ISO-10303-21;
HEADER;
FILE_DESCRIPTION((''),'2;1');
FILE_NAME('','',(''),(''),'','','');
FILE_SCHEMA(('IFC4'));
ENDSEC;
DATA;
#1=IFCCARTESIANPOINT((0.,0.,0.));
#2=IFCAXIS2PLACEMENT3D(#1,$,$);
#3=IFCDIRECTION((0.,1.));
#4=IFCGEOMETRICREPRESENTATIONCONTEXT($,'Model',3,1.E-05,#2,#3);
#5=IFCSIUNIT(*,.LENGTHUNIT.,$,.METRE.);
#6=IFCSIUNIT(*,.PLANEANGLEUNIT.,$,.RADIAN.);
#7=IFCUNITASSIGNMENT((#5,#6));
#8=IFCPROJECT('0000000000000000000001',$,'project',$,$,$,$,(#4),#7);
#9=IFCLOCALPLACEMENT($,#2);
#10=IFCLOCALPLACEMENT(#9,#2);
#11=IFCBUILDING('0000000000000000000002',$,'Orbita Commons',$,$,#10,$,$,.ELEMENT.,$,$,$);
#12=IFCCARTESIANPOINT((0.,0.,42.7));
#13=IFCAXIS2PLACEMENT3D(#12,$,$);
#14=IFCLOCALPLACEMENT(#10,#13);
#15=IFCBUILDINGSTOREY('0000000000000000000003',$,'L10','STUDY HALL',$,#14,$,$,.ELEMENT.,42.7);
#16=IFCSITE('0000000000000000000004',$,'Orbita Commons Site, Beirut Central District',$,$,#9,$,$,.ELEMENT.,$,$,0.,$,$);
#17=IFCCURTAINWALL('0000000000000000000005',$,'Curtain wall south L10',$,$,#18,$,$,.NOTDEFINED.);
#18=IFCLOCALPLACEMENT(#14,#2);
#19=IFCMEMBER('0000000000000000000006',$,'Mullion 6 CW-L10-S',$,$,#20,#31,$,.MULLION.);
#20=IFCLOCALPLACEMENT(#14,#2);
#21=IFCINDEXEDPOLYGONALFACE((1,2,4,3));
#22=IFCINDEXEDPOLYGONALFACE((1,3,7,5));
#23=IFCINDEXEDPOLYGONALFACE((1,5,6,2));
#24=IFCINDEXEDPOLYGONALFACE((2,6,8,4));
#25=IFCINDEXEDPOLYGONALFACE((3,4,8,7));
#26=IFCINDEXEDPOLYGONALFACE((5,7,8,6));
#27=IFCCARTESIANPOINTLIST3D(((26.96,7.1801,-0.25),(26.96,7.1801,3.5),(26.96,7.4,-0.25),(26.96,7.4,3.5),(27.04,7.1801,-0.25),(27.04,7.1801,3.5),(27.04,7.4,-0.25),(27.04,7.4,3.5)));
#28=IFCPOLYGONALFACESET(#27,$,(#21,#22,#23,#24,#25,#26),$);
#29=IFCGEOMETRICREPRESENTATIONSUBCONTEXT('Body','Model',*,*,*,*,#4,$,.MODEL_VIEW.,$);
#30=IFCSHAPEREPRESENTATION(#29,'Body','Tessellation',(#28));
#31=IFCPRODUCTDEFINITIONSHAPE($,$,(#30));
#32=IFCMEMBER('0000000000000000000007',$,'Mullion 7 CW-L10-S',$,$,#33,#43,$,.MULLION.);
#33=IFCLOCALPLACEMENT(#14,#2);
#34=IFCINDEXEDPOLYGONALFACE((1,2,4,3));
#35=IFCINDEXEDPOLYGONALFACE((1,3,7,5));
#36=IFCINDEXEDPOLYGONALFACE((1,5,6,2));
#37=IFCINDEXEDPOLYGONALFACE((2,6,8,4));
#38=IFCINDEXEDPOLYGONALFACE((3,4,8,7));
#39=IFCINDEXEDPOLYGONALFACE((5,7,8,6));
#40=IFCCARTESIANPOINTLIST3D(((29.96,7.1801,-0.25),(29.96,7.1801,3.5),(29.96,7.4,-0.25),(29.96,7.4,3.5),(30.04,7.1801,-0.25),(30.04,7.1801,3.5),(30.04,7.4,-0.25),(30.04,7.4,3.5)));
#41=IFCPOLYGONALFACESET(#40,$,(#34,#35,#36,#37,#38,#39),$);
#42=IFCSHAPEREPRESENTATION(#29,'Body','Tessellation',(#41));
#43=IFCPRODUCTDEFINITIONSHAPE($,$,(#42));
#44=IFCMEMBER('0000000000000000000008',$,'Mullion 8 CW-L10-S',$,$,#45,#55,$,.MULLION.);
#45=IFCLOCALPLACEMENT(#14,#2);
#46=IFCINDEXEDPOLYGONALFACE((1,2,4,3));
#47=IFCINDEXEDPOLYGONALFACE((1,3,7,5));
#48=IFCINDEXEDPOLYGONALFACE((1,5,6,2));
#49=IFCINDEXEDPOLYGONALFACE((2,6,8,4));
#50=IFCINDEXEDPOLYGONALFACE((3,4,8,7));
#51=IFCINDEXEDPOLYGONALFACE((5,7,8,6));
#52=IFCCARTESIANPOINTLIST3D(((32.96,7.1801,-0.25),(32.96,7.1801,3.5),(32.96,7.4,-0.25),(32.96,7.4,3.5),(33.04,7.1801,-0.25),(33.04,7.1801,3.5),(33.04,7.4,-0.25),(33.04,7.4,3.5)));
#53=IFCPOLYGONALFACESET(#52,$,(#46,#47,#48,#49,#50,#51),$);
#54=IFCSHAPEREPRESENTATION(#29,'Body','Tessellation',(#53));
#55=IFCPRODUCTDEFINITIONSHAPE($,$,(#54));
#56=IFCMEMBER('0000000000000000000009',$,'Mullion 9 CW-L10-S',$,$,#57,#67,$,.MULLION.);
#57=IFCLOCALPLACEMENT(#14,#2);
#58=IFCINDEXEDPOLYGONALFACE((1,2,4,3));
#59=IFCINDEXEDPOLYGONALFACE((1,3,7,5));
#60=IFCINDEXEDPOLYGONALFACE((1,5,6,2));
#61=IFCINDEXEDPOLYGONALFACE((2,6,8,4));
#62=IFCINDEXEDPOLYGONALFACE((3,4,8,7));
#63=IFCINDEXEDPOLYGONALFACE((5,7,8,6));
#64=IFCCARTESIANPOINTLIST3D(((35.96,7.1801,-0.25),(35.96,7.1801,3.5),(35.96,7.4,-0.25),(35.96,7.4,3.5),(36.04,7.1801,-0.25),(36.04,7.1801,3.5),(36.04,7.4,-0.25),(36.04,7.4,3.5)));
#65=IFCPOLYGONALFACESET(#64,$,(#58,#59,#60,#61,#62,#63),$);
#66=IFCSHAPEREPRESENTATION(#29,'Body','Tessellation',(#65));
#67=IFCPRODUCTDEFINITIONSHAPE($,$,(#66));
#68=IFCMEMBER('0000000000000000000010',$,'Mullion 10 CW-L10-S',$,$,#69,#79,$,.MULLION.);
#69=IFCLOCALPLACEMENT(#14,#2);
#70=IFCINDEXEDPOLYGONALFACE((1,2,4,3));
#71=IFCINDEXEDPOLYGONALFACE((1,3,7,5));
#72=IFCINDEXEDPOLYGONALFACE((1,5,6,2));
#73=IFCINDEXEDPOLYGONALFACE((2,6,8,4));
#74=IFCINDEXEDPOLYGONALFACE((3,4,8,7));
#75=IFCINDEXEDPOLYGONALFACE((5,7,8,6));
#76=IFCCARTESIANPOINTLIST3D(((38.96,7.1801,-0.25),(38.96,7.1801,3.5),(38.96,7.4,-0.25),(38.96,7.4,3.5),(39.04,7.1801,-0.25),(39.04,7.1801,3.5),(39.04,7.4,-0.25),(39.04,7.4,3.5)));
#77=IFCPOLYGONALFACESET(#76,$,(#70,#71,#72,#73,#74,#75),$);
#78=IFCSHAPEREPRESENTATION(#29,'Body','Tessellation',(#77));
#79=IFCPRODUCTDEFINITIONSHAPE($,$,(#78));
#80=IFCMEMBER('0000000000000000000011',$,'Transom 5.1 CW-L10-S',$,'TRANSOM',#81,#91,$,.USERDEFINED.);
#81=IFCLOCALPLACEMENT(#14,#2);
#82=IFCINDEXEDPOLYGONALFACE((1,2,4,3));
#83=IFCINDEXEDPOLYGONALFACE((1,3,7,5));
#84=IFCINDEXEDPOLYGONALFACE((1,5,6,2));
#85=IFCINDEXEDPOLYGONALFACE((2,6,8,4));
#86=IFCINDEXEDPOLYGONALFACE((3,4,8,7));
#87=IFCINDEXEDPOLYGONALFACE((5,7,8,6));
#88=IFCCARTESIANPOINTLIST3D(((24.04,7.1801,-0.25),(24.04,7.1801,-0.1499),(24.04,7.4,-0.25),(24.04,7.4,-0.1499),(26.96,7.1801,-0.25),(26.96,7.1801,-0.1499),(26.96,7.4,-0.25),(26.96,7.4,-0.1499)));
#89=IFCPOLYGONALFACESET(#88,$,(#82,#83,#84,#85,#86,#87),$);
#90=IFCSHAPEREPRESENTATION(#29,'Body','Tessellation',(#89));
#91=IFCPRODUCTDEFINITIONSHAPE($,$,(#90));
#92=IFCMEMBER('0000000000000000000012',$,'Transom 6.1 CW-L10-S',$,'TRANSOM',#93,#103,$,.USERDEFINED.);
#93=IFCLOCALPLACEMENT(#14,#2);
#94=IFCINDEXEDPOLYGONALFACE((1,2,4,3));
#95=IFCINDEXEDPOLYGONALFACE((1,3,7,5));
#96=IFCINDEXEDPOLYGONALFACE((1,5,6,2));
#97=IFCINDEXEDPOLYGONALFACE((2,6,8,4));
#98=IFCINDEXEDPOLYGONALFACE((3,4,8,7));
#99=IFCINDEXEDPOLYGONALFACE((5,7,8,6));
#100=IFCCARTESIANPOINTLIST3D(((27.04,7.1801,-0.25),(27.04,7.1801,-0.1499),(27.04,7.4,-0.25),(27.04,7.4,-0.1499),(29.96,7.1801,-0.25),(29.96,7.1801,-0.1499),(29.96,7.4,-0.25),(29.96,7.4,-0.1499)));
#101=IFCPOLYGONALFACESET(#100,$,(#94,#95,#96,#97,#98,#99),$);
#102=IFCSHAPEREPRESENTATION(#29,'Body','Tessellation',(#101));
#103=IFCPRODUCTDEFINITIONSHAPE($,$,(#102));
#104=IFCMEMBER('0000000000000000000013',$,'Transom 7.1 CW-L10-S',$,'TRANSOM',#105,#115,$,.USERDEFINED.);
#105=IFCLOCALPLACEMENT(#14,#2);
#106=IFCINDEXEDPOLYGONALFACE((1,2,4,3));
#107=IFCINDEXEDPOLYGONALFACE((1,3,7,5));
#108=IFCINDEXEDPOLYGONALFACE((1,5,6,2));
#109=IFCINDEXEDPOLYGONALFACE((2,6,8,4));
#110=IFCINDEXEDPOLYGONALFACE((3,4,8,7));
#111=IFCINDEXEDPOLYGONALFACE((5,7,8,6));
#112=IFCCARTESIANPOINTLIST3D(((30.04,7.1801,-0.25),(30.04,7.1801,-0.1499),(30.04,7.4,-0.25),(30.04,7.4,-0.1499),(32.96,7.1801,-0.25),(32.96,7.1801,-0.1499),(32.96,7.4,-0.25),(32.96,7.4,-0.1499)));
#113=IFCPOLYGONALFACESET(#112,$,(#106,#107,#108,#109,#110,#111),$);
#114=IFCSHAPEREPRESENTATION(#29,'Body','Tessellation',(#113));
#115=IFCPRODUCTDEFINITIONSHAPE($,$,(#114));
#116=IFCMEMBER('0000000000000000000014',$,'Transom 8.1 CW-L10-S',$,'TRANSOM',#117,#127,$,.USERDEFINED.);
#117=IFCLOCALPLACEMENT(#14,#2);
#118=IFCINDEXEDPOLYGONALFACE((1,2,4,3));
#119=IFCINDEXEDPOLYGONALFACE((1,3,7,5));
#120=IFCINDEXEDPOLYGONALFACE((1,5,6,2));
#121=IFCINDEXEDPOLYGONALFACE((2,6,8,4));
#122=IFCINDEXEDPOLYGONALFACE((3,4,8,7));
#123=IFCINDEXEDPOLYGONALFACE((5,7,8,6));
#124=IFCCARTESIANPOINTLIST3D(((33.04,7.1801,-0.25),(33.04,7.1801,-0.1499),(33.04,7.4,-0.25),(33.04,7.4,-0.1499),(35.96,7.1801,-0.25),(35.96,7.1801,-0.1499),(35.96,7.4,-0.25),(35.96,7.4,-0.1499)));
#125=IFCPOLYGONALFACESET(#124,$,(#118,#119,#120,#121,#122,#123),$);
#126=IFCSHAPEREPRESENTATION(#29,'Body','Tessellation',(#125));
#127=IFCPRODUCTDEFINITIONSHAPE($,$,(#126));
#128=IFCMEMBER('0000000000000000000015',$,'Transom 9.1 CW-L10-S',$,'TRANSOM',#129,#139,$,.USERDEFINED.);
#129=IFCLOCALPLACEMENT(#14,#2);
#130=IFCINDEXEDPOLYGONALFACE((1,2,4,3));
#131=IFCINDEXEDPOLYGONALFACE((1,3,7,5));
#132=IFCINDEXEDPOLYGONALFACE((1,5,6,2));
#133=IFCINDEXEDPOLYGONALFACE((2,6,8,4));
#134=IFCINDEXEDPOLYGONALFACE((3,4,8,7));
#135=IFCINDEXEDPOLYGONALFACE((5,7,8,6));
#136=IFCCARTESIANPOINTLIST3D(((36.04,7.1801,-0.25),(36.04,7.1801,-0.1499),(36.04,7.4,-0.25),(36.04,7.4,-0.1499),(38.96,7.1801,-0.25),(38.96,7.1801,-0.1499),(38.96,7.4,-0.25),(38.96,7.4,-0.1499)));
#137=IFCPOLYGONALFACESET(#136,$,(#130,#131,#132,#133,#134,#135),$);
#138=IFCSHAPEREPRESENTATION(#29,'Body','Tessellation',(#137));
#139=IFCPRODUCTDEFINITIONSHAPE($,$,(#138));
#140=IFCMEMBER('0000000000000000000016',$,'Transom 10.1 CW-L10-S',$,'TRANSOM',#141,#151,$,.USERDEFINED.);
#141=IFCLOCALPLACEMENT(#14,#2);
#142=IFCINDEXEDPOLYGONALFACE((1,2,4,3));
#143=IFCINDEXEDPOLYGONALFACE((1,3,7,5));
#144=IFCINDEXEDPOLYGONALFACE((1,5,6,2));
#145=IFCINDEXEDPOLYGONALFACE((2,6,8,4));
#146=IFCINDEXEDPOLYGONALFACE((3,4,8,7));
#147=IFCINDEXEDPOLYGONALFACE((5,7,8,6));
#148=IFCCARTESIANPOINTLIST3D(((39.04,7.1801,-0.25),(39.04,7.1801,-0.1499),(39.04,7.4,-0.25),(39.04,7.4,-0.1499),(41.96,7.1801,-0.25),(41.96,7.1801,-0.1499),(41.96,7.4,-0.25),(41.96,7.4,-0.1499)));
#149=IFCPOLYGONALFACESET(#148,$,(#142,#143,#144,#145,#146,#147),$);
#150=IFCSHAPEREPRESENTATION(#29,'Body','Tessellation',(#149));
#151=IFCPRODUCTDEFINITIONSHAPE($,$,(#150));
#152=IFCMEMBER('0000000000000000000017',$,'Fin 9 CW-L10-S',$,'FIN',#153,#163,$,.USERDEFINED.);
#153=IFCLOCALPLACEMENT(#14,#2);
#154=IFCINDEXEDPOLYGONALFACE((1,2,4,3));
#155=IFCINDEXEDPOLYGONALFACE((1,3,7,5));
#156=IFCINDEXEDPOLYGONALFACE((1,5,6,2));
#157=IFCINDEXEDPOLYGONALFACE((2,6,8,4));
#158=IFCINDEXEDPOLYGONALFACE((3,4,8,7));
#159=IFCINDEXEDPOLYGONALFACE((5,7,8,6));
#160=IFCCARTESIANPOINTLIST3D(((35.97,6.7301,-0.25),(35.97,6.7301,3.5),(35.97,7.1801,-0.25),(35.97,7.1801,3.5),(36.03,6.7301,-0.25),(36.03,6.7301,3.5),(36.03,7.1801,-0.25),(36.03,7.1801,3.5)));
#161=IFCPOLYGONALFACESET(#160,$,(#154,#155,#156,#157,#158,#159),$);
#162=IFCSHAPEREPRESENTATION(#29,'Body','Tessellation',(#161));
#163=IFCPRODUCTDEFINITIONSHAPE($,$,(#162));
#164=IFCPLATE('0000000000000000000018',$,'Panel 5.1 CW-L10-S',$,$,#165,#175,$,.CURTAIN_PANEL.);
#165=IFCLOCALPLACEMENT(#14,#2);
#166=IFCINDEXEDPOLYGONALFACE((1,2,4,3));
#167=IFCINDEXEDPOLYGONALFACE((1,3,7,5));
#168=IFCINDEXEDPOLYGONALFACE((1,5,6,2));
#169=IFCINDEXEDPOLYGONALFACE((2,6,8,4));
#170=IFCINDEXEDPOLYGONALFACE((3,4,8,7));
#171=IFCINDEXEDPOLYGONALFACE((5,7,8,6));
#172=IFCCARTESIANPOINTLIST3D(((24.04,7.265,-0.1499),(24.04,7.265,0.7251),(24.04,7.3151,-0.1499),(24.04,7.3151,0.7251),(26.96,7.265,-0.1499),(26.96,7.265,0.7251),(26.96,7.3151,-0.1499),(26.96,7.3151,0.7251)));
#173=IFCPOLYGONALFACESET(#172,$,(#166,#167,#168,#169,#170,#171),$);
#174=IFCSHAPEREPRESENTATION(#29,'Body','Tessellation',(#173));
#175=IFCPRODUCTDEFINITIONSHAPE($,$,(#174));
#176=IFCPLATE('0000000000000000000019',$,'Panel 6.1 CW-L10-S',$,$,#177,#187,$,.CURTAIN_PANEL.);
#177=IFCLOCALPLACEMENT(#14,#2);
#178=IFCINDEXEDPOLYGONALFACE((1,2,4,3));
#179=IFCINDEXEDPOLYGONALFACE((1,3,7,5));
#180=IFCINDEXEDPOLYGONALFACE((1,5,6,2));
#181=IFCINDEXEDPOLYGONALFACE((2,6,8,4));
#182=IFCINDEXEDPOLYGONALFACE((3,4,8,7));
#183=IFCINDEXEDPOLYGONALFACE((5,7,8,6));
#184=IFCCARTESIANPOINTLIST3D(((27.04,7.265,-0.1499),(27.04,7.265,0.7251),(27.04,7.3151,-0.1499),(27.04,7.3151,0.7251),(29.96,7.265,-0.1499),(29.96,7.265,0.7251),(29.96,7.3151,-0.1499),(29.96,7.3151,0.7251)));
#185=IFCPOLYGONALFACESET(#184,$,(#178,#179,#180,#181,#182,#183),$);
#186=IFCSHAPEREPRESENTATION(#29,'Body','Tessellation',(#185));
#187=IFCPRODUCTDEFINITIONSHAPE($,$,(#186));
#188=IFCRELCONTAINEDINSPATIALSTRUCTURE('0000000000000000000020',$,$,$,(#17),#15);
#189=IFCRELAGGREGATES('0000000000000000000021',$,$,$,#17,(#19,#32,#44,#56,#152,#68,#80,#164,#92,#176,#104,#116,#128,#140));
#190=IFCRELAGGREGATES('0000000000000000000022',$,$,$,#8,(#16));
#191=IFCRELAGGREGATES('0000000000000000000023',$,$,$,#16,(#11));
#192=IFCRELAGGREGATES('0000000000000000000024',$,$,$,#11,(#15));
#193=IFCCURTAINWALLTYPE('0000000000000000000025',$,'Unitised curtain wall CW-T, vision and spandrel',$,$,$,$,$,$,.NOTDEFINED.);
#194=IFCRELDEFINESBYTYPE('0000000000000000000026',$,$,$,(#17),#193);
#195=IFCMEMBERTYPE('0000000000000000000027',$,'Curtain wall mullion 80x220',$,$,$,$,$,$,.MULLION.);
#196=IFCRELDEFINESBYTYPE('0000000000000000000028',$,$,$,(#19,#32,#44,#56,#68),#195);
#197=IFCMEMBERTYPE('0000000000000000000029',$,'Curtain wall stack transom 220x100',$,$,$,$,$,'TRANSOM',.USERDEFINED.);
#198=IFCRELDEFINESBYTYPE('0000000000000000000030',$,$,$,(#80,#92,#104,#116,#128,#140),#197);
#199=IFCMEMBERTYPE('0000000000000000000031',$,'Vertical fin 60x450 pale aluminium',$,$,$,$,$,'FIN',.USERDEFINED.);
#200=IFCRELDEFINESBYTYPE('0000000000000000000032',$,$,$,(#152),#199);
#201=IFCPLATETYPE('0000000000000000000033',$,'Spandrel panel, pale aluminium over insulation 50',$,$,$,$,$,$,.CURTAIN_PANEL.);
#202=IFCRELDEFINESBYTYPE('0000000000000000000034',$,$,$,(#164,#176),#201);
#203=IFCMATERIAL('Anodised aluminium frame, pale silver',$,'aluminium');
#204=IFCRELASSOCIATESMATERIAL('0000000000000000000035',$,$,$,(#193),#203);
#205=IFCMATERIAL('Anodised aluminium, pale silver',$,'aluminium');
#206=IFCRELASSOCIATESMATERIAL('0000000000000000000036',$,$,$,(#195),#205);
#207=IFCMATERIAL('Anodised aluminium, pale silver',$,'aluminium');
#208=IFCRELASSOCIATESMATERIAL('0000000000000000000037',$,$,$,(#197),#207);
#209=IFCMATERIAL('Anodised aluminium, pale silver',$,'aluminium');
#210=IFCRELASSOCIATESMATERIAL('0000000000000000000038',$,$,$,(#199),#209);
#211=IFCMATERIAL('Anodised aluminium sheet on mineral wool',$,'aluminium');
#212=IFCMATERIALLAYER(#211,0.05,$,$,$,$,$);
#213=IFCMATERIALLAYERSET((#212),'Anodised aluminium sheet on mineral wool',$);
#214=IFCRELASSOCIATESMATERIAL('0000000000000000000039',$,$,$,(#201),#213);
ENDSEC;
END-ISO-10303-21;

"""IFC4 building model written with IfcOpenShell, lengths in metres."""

from ifc_helpers import new_model, si_unit, direction, frame, origin, origin_2d, place, context, subcontext, project, spatial, rectangle, extrude, material, layer, layer_set, material_profile, profile_set, type_object, element, aggregate, save


model = new_model("IFC4")

# Units and contexts
model_context = context("Model", 3, precision=1e-05, world=origin(), true_north=direction((0.0, 1.0)))
body_context = subcontext(model_context, "Body", "Model", "MODEL_VIEW")
ifc_project = project(units=[si_unit("LENGTHUNIT", "METRE"), si_unit("PLANEANGLEUNIT", "RADIAN")], contexts=[model_context])

# Site, building, storey
site_placement = place(None, origin())
site = spatial("IfcSite", under=ifc_project, at=site_placement, Name="Orbita Commons Site, Beirut Central District", CompositionType="ELEMENT", RefElevation=0.0)
building_placement = place(site_placement, origin())
building = spatial("IfcBuilding", under=site, at=building_placement, Name="Orbita Commons", CompositionType="ELEMENT")
storey_placement = place(building_placement, frame((0.0, 0.0, 42.7)))
storey = spatial("IfcBuildingStorey", under=building, at=storey_placement, Name="L10", Description="STUDY HALL", CompositionType="ELEMENT", Elevation=42.7)

# Curtain wall, members, plates
ifc_material_1 = material(Name="Anodised aluminium frame, pale silver", Category="aluminium")
curtain_wall_type = type_object("IfcCurtainWallType", Name="Unitised curtain wall CW-T, vision and spandrel", PredefinedType="NOTDEFINED", material=ifc_material_1)
curtain_wall_placement = place(storey_placement, origin())
curtain_wall = element("IfcCurtainWall", 1, at=curtain_wall_placement, inside=storey, type_object=curtain_wall_type, Name="Curtain wall south L10", PredefinedType="NOTDEFINED")
ifc_material_2 = material(Name="Anodised aluminium, pale silver", Category="aluminium")
ifc_material_profile_1 = material_profile(ifc_material_2, rectangle(XDim=0.0801, YDim=0.22, at=origin_2d()), Name="AL 80x220")
ifc_profile_set_1 = profile_set([ifc_material_profile_1], Name="Anodised aluminium, pale silver")
member_type_1 = type_object("IfcMemberType", Name="Curtain wall mullion 80x220", PredefinedType="MULLION", material=ifc_profile_set_1)
member_1_placement = place(storey_placement, frame((27.0, 7.29, -0.25), z_axis=(0.0, 0.0, 1.0), x_axis=(1.0, 0.0, 0.0)))
member_1 = element("IfcMember", 2, at=member_1_placement, type_object=member_type_1, Name="Mullion 6 CW-L10-S", PredefinedType="MULLION", context=body_context, shape_type="SweptSolid", body=[
    extrude(rectangle(XDim=0.0801, YDim=0.22, at=origin_2d()), origin(), (0.0, 0.0, 1.0), 3.75),
])
member_2_placement = place(storey_placement, frame((30.0, 7.29, -0.25), z_axis=(0.0, 0.0, 1.0), x_axis=(1.0, 0.0, 0.0)))
member_2 = element("IfcMember", 3, at=member_2_placement, type_object=member_type_1, Name="Mullion 7 CW-L10-S", PredefinedType="MULLION", context=body_context, shape_type="SweptSolid", body=[
    extrude(rectangle(XDim=0.0801, YDim=0.22, at=origin_2d()), origin(), (0.0, 0.0, 1.0), 3.75),
])
member_3_placement = place(storey_placement, frame((33.0, 7.29, -0.25), z_axis=(0.0, 0.0, 1.0), x_axis=(1.0, 0.0, 0.0)))
member_3 = element("IfcMember", 4, at=member_3_placement, type_object=member_type_1, Name="Mullion 8 CW-L10-S", PredefinedType="MULLION", context=body_context, shape_type="SweptSolid", body=[
    extrude(rectangle(XDim=0.0801, YDim=0.22, at=origin_2d()), origin(), (0.0, 0.0, 1.0), 3.75),
])
member_4_placement = place(storey_placement, frame((36.0, 7.29, -0.25), z_axis=(0.0, 0.0, 1.0), x_axis=(1.0, 0.0, 0.0)))
member_4 = element("IfcMember", 5, at=member_4_placement, type_object=member_type_1, Name="Mullion 9 CW-L10-S", PredefinedType="MULLION", context=body_context, shape_type="SweptSolid", body=[
    extrude(rectangle(XDim=0.0801, YDim=0.22, at=origin_2d()), origin(), (0.0, 0.0, 1.0), 3.75),
])
member_5_placement = place(storey_placement, frame((39.0, 7.29, -0.25), z_axis=(0.0, 0.0, 1.0), x_axis=(1.0, 0.0, 0.0)))
member_5 = element("IfcMember", 6, at=member_5_placement, type_object=member_type_1, Name="Mullion 10 CW-L10-S", PredefinedType="MULLION", context=body_context, shape_type="SweptSolid", body=[
    extrude(rectangle(XDim=0.0801, YDim=0.22, at=origin_2d()), origin(), (0.0, 0.0, 1.0), 3.75),
])
ifc_material_3 = material(Name="Anodised aluminium, pale silver", Category="aluminium")
ifc_material_profile_2 = material_profile(ifc_material_3, rectangle(XDim=0.22, YDim=0.1001, at=origin_2d()), Name="AL 220x100")
ifc_profile_set_2 = profile_set([ifc_material_profile_2], Name="Anodised aluminium, pale silver")
member_type_2 = type_object("IfcMemberType", Name="Curtain wall stack transom 220x100", ElementType="TRANSOM", PredefinedType="USERDEFINED", material=ifc_profile_set_2)
member_6_placement = place(storey_placement, frame((24.04, 7.29, -0.2), z_axis=(1.0, 0.0, 0.0), x_axis=(0.0, 1.0, 0.0)))
member_6 = element("IfcMember", 7, at=member_6_placement, type_object=member_type_2, Name="Transom 5.1 CW-L10-S", ObjectType="TRANSOM", PredefinedType="USERDEFINED", context=body_context, shape_type="SweptSolid", body=[
    extrude(rectangle(XDim=0.22, YDim=0.1001, at=origin_2d()), origin(), (0.0, 0.0, 1.0), 2.9199),
])
member_7_placement = place(storey_placement, frame((27.04, 7.29, -0.2), z_axis=(1.0, 0.0, 0.0), x_axis=(0.0, 1.0, 0.0)))
member_7 = element("IfcMember", 8, at=member_7_placement, type_object=member_type_2, Name="Transom 6.1 CW-L10-S", ObjectType="TRANSOM", PredefinedType="USERDEFINED", context=body_context, shape_type="SweptSolid", body=[
    extrude(rectangle(XDim=0.22, YDim=0.1001, at=origin_2d()), origin(), (0.0, 0.0, 1.0), 2.9199),
])
member_8_placement = place(storey_placement, frame((30.04, 7.29, -0.2), z_axis=(1.0, 0.0, 0.0), x_axis=(0.0, 1.0, 0.0)))
member_8 = element("IfcMember", 9, at=member_8_placement, type_object=member_type_2, Name="Transom 7.1 CW-L10-S", ObjectType="TRANSOM", PredefinedType="USERDEFINED", context=body_context, shape_type="SweptSolid", body=[
    extrude(rectangle(XDim=0.22, YDim=0.1001, at=origin_2d()), origin(), (0.0, 0.0, 1.0), 2.9199),
])
member_9_placement = place(storey_placement, frame((33.04, 7.29, -0.2), z_axis=(1.0, 0.0, 0.0), x_axis=(0.0, 1.0, 0.0)))
member_9 = element("IfcMember", 10, at=member_9_placement, type_object=member_type_2, Name="Transom 8.1 CW-L10-S", ObjectType="TRANSOM", PredefinedType="USERDEFINED", context=body_context, shape_type="SweptSolid", body=[
    extrude(rectangle(XDim=0.22, YDim=0.1001, at=origin_2d()), origin(), (0.0, 0.0, 1.0), 2.9199),
])
member_10_placement = place(storey_placement, frame((36.04, 7.29, -0.2), z_axis=(1.0, 0.0, 0.0), x_axis=(0.0, 1.0, 0.0)))
member_10 = element("IfcMember", 11, at=member_10_placement, type_object=member_type_2, Name="Transom 9.1 CW-L10-S", ObjectType="TRANSOM", PredefinedType="USERDEFINED", context=body_context, shape_type="SweptSolid", body=[
    extrude(rectangle(XDim=0.22, YDim=0.1001, at=origin_2d()), origin(), (0.0, 0.0, 1.0), 2.9199),
])
member_11_placement = place(storey_placement, frame((39.04, 7.29, -0.2), z_axis=(1.0, 0.0, 0.0), x_axis=(0.0, 1.0, 0.0)))
member_11 = element("IfcMember", 12, at=member_11_placement, type_object=member_type_2, Name="Transom 10.1 CW-L10-S", ObjectType="TRANSOM", PredefinedType="USERDEFINED", context=body_context, shape_type="SweptSolid", body=[
    extrude(rectangle(XDim=0.22, YDim=0.1001, at=origin_2d()), origin(), (0.0, 0.0, 1.0), 2.9199),
])
ifc_material_4 = material(Name="Anodised aluminium, pale silver", Category="aluminium")
ifc_material_profile_3 = material_profile(ifc_material_4, rectangle(XDim=0.0601, YDim=0.45, at=origin_2d()), Name="FIN 60x450")
ifc_profile_set_3 = profile_set([ifc_material_profile_3], Name="Anodised aluminium, pale silver")
member_type_3 = type_object("IfcMemberType", Name="Vertical fin 60x450 pale aluminium", ElementType="FIN", PredefinedType="USERDEFINED", material=ifc_profile_set_3)
member_12_placement = place(storey_placement, frame((36.0, 6.9551, -0.25), z_axis=(0.0, 0.0, 1.0), x_axis=(1.0, 0.0, 0.0)))
member_12 = element("IfcMember", 13, at=member_12_placement, type_object=member_type_3, Name="Fin 9 CW-L10-S", ObjectType="FIN", PredefinedType="USERDEFINED", context=body_context, shape_type="SweptSolid", body=[
    extrude(rectangle(XDim=0.0601, YDim=0.45, at=origin_2d()), origin(), (0.0, 0.0, 1.0), 3.75),
])
ifc_material_5 = material(Name="Anodised aluminium sheet on mineral wool", Category="aluminium")
ifc_layer_1 = layer(ifc_material_5, 0.05)
ifc_layer_set_1 = layer_set([ifc_layer_1], Name="Anodised aluminium sheet on mineral wool")
plate_type_1 = type_object("IfcPlateType", Name="Spandrel panel, pale aluminium over insulation 50", PredefinedType="CURTAIN_PANEL", material=ifc_layer_set_1)
plate_1_placement = place(storey_placement, frame((25.5, 7.29, -0.1499), z_axis=(0.0, 0.0, 1.0), x_axis=(1.0, 0.0, 0.0)))
plate_1 = element("IfcPlate", 14, at=plate_1_placement, type_object=plate_type_1, Name="Panel 5.1 CW-L10-S", PredefinedType="CURTAIN_PANEL", context=body_context, shape_type="SweptSolid", body=[
    extrude(rectangle(XDim=2.9199, YDim=0.05, at=origin_2d()), origin(), (0.0, 0.0, 1.0), 0.875),
])
plate_2_placement = place(storey_placement, frame((28.5, 7.29, -0.1499), z_axis=(0.0, 0.0, 1.0), x_axis=(1.0, 0.0, 0.0)))
plate_2 = element("IfcPlate", 15, at=plate_2_placement, type_object=plate_type_1, Name="Panel 6.1 CW-L10-S", PredefinedType="CURTAIN_PANEL", context=body_context, shape_type="SweptSolid", body=[
    extrude(rectangle(XDim=2.9199, YDim=0.05, at=origin_2d()), origin(), (0.0, 0.0, 1.0), 0.875),
])
aggregate(curtain_wall, [member_1, member_2, member_3, member_4, member_12, member_5, member_6, plate_1, member_7, plate_2, member_8, member_9, member_10, member_11])

save(model, "model.ifc")
